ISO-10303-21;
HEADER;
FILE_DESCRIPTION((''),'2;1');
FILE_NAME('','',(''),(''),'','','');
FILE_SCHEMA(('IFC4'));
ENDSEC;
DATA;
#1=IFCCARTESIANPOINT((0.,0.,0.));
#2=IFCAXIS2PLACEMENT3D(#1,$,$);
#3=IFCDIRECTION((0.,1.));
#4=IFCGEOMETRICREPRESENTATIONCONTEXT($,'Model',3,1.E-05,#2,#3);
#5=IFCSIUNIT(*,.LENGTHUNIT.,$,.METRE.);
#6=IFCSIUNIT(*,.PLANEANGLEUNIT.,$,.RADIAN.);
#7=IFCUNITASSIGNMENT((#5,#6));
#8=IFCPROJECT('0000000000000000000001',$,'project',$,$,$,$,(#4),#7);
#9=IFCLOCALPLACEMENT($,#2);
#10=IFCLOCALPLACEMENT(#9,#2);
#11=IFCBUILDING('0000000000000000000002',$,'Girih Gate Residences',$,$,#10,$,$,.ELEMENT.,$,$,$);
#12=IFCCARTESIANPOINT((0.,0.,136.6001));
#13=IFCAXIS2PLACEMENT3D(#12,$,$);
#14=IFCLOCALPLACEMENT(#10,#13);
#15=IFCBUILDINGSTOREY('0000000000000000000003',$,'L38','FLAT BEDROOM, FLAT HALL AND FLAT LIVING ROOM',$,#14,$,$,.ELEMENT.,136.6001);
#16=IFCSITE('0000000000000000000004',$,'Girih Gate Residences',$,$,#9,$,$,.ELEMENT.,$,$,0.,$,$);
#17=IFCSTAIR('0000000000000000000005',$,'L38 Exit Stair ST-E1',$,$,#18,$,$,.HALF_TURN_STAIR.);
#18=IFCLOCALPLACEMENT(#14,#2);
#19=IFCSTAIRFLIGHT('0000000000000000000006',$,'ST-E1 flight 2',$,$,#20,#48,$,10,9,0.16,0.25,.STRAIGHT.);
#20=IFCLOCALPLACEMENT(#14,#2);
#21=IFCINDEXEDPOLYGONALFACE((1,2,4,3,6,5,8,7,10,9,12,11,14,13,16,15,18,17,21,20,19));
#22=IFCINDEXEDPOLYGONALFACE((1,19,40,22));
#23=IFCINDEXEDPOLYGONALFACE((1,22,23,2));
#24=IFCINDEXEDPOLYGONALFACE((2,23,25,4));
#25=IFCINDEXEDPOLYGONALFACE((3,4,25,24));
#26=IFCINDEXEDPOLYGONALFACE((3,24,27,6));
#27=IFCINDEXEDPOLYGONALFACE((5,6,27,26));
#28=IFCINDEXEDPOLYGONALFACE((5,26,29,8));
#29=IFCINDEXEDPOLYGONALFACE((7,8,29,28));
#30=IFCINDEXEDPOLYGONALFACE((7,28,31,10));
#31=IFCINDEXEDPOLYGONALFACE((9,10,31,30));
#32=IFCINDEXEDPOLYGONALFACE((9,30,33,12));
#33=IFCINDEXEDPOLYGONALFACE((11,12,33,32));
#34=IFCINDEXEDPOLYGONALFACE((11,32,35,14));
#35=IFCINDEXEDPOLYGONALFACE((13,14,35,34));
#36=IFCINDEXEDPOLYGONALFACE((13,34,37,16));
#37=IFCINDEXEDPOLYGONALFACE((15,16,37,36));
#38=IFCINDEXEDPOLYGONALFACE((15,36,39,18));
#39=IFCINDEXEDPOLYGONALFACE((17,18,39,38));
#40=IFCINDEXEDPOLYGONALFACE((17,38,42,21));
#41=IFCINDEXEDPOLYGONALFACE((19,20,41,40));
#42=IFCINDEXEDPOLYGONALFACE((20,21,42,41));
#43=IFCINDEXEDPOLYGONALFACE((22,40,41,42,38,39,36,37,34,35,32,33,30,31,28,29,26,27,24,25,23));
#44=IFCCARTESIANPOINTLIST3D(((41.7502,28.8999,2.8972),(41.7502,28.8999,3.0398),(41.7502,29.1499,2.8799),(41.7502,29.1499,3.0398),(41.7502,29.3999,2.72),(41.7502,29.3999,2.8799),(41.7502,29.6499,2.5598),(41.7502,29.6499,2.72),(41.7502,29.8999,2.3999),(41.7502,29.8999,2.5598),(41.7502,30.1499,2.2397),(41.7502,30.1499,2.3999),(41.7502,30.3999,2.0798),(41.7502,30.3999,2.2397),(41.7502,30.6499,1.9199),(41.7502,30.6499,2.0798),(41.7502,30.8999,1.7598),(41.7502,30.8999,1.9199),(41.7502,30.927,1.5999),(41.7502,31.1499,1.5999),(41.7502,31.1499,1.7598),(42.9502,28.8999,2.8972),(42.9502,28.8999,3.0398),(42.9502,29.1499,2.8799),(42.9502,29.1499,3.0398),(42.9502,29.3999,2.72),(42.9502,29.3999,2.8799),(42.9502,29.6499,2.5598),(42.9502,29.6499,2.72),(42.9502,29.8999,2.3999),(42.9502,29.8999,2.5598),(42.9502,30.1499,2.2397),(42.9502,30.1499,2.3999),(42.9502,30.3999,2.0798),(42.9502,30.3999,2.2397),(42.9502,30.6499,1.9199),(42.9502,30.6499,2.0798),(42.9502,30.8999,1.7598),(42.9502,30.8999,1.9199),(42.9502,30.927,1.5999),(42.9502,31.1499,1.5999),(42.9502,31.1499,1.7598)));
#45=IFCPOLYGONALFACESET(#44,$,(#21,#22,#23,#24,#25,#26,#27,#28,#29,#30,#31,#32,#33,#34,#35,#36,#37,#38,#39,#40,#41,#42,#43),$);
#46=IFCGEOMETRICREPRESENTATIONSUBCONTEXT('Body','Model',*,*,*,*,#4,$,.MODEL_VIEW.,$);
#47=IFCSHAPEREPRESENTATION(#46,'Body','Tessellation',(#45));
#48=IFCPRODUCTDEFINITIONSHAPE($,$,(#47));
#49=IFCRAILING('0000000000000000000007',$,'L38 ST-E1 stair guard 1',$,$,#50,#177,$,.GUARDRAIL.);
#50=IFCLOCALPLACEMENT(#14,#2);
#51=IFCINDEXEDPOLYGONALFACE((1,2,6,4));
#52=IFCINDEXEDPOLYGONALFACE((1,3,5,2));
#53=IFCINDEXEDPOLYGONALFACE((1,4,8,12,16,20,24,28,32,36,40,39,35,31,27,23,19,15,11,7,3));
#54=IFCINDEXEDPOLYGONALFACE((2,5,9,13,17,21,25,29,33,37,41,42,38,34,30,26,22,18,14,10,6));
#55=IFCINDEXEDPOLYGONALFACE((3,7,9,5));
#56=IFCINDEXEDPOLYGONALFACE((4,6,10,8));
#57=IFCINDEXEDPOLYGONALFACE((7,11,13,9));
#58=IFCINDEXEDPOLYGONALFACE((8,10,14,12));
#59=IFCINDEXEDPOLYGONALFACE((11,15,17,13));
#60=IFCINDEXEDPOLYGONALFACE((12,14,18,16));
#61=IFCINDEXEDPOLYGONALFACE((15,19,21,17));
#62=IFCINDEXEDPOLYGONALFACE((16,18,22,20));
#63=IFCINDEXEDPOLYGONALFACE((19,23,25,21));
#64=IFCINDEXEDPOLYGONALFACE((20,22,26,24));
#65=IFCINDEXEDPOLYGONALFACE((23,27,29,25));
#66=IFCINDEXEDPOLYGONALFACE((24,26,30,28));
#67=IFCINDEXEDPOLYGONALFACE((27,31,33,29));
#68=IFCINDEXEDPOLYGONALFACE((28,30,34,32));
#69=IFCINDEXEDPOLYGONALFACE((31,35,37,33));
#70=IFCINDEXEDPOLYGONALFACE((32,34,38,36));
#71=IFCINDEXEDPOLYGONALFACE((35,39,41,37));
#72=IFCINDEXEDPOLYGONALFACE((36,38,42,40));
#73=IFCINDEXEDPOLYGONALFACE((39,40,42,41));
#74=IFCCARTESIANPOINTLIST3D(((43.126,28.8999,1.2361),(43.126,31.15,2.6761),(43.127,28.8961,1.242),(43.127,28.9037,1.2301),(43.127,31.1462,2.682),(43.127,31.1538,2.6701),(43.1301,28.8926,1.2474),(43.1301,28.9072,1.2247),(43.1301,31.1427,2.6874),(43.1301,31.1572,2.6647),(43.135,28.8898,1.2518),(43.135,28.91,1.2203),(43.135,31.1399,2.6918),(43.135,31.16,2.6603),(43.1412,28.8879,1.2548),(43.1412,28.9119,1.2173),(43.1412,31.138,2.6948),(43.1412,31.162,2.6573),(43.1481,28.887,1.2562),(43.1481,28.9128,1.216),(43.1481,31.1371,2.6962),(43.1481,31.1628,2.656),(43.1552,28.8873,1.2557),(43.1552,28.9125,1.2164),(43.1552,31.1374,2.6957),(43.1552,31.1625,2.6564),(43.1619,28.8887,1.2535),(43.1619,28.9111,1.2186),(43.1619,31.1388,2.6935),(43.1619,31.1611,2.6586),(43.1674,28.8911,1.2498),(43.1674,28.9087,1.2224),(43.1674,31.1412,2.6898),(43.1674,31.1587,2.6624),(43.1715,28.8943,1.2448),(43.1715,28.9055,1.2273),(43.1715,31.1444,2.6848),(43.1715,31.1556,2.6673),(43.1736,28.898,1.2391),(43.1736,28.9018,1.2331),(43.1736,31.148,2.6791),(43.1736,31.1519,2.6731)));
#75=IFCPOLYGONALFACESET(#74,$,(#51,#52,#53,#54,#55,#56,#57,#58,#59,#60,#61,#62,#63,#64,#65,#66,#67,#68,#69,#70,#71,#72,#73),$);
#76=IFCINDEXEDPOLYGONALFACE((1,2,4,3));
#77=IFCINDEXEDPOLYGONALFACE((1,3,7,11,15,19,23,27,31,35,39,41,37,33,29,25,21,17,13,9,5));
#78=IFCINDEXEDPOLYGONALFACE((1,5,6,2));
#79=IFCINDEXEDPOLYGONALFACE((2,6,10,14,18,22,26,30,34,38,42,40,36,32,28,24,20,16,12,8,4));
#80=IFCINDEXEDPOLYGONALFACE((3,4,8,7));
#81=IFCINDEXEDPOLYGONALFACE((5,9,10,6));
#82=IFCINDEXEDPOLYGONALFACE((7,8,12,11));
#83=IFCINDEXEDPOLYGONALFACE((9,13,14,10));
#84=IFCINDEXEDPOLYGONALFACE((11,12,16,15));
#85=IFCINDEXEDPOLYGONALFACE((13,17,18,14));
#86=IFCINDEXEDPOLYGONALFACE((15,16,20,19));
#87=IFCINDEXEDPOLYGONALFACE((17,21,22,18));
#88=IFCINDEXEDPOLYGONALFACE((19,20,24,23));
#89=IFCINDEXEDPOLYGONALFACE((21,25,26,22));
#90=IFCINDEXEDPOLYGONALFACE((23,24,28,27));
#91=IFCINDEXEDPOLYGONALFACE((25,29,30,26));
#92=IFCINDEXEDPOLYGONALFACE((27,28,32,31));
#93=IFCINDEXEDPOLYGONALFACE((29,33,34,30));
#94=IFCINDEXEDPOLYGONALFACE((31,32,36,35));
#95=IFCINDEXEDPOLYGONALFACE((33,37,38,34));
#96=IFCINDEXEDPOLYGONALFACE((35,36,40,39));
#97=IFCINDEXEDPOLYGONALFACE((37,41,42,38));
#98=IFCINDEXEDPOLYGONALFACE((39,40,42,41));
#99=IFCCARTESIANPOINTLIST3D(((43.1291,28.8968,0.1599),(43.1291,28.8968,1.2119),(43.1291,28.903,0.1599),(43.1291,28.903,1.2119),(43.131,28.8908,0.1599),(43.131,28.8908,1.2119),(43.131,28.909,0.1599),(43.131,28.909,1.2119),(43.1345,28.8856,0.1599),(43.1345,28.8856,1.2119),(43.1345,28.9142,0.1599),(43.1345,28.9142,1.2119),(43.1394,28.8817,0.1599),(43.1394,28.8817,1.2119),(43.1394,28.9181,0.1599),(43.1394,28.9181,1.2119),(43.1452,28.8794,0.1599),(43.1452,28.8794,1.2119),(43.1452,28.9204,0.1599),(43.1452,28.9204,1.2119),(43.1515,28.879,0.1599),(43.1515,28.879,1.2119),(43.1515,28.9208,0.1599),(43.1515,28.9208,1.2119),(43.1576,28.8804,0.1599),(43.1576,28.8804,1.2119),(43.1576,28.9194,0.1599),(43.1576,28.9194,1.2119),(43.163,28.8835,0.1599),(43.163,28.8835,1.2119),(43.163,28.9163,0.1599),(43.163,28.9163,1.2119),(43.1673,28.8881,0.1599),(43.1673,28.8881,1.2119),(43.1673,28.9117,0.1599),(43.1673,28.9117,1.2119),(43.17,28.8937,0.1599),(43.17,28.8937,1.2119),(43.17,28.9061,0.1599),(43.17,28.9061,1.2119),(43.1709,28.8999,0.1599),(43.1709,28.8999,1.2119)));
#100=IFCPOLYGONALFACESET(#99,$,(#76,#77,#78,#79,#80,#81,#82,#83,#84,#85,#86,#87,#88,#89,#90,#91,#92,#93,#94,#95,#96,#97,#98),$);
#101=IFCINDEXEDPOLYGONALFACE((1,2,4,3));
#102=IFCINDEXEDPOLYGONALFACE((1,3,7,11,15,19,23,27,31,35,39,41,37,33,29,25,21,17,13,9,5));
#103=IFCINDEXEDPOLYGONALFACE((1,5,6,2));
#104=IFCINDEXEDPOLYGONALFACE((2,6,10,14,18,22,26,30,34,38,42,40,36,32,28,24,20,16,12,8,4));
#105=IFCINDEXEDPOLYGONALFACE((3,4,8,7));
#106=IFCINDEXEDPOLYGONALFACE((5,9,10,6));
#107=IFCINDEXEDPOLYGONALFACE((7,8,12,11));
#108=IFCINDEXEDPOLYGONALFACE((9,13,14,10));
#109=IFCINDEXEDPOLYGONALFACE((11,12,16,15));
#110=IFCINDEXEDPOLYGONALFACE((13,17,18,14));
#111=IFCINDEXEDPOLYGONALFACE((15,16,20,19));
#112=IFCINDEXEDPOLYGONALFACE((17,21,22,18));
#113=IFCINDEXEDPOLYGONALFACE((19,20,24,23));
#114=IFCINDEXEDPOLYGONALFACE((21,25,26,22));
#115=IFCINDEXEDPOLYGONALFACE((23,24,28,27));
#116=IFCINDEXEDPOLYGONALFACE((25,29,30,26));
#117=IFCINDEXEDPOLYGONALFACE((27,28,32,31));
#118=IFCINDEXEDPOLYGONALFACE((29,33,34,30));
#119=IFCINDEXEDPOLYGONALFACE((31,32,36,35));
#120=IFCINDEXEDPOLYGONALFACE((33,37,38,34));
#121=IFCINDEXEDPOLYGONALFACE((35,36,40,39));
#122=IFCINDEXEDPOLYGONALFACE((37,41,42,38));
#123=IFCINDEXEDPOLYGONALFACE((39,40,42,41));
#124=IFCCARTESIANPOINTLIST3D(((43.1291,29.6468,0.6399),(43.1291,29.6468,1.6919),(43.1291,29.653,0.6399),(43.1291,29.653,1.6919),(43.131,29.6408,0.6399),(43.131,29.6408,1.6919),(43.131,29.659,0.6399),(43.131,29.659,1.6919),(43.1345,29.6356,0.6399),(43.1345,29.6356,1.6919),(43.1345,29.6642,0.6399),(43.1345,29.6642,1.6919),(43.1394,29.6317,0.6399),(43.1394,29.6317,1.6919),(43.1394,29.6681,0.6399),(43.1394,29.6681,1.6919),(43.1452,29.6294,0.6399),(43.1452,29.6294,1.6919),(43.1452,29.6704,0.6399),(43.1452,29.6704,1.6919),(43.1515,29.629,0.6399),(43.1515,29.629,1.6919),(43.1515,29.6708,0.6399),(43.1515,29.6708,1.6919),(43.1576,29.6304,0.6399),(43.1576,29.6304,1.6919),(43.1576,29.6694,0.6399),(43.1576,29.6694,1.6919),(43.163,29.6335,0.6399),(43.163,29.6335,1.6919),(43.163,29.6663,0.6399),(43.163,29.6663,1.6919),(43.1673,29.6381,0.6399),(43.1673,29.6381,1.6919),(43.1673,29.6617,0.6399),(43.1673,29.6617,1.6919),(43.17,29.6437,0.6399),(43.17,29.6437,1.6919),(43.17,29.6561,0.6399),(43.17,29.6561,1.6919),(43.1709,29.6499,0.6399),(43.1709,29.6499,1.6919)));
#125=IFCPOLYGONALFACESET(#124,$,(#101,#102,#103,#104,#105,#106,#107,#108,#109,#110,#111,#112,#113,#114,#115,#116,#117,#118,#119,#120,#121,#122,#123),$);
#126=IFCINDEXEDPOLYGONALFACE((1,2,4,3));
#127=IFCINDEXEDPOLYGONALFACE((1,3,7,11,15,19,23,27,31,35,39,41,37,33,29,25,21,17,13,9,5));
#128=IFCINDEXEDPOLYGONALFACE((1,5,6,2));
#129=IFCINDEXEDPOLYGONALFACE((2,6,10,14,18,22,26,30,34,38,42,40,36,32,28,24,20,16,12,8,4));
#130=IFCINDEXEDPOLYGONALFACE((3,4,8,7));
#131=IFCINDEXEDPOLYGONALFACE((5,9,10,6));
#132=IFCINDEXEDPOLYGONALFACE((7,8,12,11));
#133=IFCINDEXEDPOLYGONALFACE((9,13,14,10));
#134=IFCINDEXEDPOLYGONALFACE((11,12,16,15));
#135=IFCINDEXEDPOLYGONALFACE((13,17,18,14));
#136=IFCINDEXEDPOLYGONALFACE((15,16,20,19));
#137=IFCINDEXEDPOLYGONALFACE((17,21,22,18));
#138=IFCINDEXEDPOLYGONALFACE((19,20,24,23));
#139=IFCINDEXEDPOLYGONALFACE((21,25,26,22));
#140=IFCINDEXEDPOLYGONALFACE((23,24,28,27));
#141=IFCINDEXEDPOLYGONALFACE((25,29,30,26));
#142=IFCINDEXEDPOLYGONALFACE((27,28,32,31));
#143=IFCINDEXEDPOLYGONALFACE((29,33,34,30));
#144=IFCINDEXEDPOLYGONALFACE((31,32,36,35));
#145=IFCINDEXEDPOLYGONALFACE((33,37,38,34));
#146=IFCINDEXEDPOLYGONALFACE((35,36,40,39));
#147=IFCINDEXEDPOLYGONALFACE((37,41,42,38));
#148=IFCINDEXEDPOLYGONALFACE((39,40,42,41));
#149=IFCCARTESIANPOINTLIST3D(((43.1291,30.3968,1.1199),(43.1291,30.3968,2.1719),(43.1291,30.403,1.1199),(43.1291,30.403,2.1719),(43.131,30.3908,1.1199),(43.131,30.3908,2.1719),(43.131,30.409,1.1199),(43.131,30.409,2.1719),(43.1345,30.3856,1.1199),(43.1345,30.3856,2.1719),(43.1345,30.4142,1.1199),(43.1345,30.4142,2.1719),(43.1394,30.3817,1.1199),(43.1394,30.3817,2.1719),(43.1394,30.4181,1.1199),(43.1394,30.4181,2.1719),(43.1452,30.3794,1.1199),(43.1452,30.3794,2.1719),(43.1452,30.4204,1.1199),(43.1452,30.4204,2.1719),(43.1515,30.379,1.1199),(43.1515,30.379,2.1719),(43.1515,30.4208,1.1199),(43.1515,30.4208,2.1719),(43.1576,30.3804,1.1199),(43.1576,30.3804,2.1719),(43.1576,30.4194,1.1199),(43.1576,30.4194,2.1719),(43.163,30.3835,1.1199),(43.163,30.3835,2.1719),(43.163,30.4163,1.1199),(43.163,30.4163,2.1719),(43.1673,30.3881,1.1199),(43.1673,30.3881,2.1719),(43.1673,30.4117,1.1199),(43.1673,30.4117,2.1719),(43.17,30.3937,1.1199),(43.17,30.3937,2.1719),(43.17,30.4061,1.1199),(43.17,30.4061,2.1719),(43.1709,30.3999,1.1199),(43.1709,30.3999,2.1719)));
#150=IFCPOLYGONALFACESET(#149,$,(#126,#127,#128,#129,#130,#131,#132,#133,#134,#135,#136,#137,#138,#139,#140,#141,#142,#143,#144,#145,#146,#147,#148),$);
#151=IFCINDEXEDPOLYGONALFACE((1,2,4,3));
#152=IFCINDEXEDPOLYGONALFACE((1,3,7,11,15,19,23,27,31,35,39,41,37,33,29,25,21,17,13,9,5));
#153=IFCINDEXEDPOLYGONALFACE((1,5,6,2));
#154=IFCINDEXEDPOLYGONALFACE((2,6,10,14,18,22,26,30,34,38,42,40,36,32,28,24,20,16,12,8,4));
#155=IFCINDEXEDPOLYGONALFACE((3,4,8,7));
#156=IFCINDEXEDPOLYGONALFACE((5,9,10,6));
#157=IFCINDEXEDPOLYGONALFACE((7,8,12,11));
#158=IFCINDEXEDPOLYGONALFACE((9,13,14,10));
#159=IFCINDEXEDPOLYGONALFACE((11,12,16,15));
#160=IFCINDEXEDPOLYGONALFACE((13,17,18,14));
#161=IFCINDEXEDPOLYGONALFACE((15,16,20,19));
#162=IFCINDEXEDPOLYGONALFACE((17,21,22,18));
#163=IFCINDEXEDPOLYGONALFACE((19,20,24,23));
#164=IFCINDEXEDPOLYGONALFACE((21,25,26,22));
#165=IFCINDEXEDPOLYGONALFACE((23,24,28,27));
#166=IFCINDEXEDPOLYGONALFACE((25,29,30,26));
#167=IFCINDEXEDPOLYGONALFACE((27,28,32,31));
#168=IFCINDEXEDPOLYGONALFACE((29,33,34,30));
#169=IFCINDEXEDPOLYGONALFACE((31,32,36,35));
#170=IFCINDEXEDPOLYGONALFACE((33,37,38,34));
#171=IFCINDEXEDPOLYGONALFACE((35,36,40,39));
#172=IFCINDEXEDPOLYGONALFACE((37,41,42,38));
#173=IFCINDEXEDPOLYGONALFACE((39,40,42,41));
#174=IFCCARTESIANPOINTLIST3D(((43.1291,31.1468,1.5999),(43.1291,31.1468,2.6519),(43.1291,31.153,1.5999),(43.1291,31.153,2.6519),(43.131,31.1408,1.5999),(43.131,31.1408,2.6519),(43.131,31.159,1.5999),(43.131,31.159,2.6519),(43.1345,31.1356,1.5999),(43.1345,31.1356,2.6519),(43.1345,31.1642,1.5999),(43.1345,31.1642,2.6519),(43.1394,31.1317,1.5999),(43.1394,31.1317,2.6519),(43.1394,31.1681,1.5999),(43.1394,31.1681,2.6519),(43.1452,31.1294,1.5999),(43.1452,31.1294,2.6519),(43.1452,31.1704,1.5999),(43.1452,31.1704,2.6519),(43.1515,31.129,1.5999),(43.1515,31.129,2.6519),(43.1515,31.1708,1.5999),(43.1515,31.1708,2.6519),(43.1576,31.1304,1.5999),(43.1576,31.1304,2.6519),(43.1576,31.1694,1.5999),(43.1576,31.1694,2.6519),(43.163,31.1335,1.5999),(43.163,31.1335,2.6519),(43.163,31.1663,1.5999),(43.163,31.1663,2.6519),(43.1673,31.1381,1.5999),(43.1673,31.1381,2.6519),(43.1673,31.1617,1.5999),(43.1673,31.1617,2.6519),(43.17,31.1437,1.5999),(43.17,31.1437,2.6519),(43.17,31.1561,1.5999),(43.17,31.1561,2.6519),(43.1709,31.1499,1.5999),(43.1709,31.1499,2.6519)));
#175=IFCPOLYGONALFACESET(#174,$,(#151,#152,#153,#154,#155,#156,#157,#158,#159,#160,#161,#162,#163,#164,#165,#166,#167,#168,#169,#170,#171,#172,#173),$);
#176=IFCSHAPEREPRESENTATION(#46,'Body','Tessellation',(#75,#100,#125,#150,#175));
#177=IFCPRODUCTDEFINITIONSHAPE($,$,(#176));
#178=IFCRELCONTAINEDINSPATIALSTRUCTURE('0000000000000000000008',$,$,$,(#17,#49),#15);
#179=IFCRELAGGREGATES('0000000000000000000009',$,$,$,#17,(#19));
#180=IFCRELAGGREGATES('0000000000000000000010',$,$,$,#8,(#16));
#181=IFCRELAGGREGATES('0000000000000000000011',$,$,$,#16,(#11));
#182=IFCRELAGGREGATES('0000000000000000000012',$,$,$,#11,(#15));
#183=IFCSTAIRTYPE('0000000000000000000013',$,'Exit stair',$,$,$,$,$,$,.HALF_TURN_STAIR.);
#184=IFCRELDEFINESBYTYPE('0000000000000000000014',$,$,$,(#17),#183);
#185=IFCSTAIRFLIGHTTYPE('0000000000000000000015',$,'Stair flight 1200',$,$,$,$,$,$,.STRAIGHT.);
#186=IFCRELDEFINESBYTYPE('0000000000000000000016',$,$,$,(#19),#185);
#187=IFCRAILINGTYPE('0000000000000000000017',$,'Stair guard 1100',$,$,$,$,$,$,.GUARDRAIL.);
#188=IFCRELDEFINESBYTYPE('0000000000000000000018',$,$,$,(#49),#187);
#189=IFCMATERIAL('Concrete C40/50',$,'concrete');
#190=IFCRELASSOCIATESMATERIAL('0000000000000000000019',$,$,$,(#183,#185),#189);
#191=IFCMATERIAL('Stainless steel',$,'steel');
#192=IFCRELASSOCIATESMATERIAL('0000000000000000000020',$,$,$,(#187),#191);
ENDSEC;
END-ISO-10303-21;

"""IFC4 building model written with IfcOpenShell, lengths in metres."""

from ifc_helpers import new_model, si_unit, direction, frame, origin, origin_2d, place, context, subcontext, project, spatial, polyline, circle, outline, extrude, material, type_object, element, aggregate, save


model = new_model("IFC4")

# Units and contexts
model_context = context("Model", 3, precision=1e-05, world=origin(), true_north=direction((0.0, 1.0)))
body_context = subcontext(model_context, "Body", "Model", "MODEL_VIEW")
ifc_project = project(units=[si_unit("LENGTHUNIT", "METRE"), si_unit("PLANEANGLEUNIT", "RADIAN")], contexts=[model_context])

# Site, building, storey
site_placement = place(None, origin())
site = spatial("IfcSite", under=ifc_project, at=site_placement, Name="Girih Gate Residences", CompositionType="ELEMENT", RefElevation=0.0)
building_placement = place(site_placement, origin())
building = spatial("IfcBuilding", under=site, at=building_placement, Name="Girih Gate Residences", CompositionType="ELEMENT")
storey_placement = place(building_placement, frame((0.0, 0.0, 136.6001)))
storey = spatial("IfcBuildingStorey", under=building, at=storey_placement, Name="L38", Description="FLAT BEDROOM, FLAT HALL AND FLAT LIVING ROOM", CompositionType="ELEMENT", Elevation=136.6001)

# Shared definitions
ifc_material_1 = material(Name="Concrete C40/50", Category="concrete")

# Stair, stair flight
stair_type = type_object("IfcStairType", Name="Exit stair", PredefinedType="HALF_TURN_STAIR", material=ifc_material_1)
stair_placement = place(storey_placement, origin())
stair = element("IfcStair", 1, at=stair_placement, inside=storey, type_object=stair_type, Name="L38 Exit Stair ST-E1", PredefinedType="HALF_TURN_STAIR")
stair_flight_type = type_object("IfcStairFlightType", Name="Stair flight 1200", PredefinedType="STRAIGHT", material=ifc_material_1)
stair_flight_1_placement = place(storey_placement, frame((42.3501, 31.1499, 1.5999), z_axis=(0.0, 0.0, 1.0), x_axis=(0.0, -1.0, 0.0)))
stair_flight_1 = element("IfcStairFlight", 2, at=stair_flight_1_placement, type_object=stair_flight_type, Name="ST-E1 flight 2", NumberOfRisers=10, NumberOfTreads=9, PredefinedType="STRAIGHT", RiserHeight=0.16, TreadLength=0.25, context=body_context, shape_type="SweptSolid", body=[
    extrude(outline(polyline([(0.0, 0.0), (0.0, 0.1599), (0.25, 0.1599), (0.25, 0.3201), (0.5, 0.3201), (0.5, 0.48), (0.75, 0.48), (0.75, 0.6399), (1.0, 0.6399), (1.0, 0.8), (1.25, 0.8), (1.25, 0.96), (1.5, 0.96), (1.5, 1.1201), (1.75, 1.1201), (1.75, 1.28), (2.0, 1.28), (2.0, 1.4399), (2.25, 1.4399), (2.25, 1.6001), (2.25, 1.2974), (0.2229, 0.0), (0.0, 0.0)])), frame((0.0, 0.6001, 0.0), z_axis=(0.0, -1.0, 0.0), x_axis=(1.0, 0.0, 0.0)), (0.0, 0.0, 1.0), 1.2),
])
aggregate(stair, [stair_flight_1])

# Railing
ifc_material_2 = material(Name="Stainless steel", Category="steel")
railing_type_1 = type_object("IfcRailingType", Name="Stair guard 1100", PredefinedType="GUARDRAIL", material=ifc_material_2)
railing_1_placement = place(storey_placement, frame((43.1499, 28.8999, 0.1599)))
element("IfcRailing", 3, at=railing_1_placement, inside=storey, type_object=railing_type_1, Name="L38 ST-E1 stair guard 1", PredefinedType="GUARDRAIL", context=body_context, shape_type="SweptSolid", body=[
    extrude(circle(Radius=0.0239, at=origin_2d()), frame((0.0, 0.0, 1.0762), z_axis=(0.0, 0.842281, 0.539038), x_axis=(-1.0, 0.0, 0.0)), (0.0, 0.0, 1.0), 2.6714),
    extrude(circle(Radius=0.021, at=origin_2d()), origin(), (0.0, 0.0, 1.0), 1.052),
    extrude(circle(Radius=0.021, at=origin_2d()), frame((0.0, 0.75, 0.48)), (0.0, 0.0, 1.0), 1.052),
    extrude(circle(Radius=0.021, at=origin_2d()), frame((0.0, 1.5, 0.96)), (0.0, 0.0, 1.0), 1.052),
    extrude(circle(Radius=0.021, at=origin_2d()), frame((0.0, 2.25, 1.4399)), (0.0, 0.0, 1.0), 1.052),
])

save(model, "model.ifc")
